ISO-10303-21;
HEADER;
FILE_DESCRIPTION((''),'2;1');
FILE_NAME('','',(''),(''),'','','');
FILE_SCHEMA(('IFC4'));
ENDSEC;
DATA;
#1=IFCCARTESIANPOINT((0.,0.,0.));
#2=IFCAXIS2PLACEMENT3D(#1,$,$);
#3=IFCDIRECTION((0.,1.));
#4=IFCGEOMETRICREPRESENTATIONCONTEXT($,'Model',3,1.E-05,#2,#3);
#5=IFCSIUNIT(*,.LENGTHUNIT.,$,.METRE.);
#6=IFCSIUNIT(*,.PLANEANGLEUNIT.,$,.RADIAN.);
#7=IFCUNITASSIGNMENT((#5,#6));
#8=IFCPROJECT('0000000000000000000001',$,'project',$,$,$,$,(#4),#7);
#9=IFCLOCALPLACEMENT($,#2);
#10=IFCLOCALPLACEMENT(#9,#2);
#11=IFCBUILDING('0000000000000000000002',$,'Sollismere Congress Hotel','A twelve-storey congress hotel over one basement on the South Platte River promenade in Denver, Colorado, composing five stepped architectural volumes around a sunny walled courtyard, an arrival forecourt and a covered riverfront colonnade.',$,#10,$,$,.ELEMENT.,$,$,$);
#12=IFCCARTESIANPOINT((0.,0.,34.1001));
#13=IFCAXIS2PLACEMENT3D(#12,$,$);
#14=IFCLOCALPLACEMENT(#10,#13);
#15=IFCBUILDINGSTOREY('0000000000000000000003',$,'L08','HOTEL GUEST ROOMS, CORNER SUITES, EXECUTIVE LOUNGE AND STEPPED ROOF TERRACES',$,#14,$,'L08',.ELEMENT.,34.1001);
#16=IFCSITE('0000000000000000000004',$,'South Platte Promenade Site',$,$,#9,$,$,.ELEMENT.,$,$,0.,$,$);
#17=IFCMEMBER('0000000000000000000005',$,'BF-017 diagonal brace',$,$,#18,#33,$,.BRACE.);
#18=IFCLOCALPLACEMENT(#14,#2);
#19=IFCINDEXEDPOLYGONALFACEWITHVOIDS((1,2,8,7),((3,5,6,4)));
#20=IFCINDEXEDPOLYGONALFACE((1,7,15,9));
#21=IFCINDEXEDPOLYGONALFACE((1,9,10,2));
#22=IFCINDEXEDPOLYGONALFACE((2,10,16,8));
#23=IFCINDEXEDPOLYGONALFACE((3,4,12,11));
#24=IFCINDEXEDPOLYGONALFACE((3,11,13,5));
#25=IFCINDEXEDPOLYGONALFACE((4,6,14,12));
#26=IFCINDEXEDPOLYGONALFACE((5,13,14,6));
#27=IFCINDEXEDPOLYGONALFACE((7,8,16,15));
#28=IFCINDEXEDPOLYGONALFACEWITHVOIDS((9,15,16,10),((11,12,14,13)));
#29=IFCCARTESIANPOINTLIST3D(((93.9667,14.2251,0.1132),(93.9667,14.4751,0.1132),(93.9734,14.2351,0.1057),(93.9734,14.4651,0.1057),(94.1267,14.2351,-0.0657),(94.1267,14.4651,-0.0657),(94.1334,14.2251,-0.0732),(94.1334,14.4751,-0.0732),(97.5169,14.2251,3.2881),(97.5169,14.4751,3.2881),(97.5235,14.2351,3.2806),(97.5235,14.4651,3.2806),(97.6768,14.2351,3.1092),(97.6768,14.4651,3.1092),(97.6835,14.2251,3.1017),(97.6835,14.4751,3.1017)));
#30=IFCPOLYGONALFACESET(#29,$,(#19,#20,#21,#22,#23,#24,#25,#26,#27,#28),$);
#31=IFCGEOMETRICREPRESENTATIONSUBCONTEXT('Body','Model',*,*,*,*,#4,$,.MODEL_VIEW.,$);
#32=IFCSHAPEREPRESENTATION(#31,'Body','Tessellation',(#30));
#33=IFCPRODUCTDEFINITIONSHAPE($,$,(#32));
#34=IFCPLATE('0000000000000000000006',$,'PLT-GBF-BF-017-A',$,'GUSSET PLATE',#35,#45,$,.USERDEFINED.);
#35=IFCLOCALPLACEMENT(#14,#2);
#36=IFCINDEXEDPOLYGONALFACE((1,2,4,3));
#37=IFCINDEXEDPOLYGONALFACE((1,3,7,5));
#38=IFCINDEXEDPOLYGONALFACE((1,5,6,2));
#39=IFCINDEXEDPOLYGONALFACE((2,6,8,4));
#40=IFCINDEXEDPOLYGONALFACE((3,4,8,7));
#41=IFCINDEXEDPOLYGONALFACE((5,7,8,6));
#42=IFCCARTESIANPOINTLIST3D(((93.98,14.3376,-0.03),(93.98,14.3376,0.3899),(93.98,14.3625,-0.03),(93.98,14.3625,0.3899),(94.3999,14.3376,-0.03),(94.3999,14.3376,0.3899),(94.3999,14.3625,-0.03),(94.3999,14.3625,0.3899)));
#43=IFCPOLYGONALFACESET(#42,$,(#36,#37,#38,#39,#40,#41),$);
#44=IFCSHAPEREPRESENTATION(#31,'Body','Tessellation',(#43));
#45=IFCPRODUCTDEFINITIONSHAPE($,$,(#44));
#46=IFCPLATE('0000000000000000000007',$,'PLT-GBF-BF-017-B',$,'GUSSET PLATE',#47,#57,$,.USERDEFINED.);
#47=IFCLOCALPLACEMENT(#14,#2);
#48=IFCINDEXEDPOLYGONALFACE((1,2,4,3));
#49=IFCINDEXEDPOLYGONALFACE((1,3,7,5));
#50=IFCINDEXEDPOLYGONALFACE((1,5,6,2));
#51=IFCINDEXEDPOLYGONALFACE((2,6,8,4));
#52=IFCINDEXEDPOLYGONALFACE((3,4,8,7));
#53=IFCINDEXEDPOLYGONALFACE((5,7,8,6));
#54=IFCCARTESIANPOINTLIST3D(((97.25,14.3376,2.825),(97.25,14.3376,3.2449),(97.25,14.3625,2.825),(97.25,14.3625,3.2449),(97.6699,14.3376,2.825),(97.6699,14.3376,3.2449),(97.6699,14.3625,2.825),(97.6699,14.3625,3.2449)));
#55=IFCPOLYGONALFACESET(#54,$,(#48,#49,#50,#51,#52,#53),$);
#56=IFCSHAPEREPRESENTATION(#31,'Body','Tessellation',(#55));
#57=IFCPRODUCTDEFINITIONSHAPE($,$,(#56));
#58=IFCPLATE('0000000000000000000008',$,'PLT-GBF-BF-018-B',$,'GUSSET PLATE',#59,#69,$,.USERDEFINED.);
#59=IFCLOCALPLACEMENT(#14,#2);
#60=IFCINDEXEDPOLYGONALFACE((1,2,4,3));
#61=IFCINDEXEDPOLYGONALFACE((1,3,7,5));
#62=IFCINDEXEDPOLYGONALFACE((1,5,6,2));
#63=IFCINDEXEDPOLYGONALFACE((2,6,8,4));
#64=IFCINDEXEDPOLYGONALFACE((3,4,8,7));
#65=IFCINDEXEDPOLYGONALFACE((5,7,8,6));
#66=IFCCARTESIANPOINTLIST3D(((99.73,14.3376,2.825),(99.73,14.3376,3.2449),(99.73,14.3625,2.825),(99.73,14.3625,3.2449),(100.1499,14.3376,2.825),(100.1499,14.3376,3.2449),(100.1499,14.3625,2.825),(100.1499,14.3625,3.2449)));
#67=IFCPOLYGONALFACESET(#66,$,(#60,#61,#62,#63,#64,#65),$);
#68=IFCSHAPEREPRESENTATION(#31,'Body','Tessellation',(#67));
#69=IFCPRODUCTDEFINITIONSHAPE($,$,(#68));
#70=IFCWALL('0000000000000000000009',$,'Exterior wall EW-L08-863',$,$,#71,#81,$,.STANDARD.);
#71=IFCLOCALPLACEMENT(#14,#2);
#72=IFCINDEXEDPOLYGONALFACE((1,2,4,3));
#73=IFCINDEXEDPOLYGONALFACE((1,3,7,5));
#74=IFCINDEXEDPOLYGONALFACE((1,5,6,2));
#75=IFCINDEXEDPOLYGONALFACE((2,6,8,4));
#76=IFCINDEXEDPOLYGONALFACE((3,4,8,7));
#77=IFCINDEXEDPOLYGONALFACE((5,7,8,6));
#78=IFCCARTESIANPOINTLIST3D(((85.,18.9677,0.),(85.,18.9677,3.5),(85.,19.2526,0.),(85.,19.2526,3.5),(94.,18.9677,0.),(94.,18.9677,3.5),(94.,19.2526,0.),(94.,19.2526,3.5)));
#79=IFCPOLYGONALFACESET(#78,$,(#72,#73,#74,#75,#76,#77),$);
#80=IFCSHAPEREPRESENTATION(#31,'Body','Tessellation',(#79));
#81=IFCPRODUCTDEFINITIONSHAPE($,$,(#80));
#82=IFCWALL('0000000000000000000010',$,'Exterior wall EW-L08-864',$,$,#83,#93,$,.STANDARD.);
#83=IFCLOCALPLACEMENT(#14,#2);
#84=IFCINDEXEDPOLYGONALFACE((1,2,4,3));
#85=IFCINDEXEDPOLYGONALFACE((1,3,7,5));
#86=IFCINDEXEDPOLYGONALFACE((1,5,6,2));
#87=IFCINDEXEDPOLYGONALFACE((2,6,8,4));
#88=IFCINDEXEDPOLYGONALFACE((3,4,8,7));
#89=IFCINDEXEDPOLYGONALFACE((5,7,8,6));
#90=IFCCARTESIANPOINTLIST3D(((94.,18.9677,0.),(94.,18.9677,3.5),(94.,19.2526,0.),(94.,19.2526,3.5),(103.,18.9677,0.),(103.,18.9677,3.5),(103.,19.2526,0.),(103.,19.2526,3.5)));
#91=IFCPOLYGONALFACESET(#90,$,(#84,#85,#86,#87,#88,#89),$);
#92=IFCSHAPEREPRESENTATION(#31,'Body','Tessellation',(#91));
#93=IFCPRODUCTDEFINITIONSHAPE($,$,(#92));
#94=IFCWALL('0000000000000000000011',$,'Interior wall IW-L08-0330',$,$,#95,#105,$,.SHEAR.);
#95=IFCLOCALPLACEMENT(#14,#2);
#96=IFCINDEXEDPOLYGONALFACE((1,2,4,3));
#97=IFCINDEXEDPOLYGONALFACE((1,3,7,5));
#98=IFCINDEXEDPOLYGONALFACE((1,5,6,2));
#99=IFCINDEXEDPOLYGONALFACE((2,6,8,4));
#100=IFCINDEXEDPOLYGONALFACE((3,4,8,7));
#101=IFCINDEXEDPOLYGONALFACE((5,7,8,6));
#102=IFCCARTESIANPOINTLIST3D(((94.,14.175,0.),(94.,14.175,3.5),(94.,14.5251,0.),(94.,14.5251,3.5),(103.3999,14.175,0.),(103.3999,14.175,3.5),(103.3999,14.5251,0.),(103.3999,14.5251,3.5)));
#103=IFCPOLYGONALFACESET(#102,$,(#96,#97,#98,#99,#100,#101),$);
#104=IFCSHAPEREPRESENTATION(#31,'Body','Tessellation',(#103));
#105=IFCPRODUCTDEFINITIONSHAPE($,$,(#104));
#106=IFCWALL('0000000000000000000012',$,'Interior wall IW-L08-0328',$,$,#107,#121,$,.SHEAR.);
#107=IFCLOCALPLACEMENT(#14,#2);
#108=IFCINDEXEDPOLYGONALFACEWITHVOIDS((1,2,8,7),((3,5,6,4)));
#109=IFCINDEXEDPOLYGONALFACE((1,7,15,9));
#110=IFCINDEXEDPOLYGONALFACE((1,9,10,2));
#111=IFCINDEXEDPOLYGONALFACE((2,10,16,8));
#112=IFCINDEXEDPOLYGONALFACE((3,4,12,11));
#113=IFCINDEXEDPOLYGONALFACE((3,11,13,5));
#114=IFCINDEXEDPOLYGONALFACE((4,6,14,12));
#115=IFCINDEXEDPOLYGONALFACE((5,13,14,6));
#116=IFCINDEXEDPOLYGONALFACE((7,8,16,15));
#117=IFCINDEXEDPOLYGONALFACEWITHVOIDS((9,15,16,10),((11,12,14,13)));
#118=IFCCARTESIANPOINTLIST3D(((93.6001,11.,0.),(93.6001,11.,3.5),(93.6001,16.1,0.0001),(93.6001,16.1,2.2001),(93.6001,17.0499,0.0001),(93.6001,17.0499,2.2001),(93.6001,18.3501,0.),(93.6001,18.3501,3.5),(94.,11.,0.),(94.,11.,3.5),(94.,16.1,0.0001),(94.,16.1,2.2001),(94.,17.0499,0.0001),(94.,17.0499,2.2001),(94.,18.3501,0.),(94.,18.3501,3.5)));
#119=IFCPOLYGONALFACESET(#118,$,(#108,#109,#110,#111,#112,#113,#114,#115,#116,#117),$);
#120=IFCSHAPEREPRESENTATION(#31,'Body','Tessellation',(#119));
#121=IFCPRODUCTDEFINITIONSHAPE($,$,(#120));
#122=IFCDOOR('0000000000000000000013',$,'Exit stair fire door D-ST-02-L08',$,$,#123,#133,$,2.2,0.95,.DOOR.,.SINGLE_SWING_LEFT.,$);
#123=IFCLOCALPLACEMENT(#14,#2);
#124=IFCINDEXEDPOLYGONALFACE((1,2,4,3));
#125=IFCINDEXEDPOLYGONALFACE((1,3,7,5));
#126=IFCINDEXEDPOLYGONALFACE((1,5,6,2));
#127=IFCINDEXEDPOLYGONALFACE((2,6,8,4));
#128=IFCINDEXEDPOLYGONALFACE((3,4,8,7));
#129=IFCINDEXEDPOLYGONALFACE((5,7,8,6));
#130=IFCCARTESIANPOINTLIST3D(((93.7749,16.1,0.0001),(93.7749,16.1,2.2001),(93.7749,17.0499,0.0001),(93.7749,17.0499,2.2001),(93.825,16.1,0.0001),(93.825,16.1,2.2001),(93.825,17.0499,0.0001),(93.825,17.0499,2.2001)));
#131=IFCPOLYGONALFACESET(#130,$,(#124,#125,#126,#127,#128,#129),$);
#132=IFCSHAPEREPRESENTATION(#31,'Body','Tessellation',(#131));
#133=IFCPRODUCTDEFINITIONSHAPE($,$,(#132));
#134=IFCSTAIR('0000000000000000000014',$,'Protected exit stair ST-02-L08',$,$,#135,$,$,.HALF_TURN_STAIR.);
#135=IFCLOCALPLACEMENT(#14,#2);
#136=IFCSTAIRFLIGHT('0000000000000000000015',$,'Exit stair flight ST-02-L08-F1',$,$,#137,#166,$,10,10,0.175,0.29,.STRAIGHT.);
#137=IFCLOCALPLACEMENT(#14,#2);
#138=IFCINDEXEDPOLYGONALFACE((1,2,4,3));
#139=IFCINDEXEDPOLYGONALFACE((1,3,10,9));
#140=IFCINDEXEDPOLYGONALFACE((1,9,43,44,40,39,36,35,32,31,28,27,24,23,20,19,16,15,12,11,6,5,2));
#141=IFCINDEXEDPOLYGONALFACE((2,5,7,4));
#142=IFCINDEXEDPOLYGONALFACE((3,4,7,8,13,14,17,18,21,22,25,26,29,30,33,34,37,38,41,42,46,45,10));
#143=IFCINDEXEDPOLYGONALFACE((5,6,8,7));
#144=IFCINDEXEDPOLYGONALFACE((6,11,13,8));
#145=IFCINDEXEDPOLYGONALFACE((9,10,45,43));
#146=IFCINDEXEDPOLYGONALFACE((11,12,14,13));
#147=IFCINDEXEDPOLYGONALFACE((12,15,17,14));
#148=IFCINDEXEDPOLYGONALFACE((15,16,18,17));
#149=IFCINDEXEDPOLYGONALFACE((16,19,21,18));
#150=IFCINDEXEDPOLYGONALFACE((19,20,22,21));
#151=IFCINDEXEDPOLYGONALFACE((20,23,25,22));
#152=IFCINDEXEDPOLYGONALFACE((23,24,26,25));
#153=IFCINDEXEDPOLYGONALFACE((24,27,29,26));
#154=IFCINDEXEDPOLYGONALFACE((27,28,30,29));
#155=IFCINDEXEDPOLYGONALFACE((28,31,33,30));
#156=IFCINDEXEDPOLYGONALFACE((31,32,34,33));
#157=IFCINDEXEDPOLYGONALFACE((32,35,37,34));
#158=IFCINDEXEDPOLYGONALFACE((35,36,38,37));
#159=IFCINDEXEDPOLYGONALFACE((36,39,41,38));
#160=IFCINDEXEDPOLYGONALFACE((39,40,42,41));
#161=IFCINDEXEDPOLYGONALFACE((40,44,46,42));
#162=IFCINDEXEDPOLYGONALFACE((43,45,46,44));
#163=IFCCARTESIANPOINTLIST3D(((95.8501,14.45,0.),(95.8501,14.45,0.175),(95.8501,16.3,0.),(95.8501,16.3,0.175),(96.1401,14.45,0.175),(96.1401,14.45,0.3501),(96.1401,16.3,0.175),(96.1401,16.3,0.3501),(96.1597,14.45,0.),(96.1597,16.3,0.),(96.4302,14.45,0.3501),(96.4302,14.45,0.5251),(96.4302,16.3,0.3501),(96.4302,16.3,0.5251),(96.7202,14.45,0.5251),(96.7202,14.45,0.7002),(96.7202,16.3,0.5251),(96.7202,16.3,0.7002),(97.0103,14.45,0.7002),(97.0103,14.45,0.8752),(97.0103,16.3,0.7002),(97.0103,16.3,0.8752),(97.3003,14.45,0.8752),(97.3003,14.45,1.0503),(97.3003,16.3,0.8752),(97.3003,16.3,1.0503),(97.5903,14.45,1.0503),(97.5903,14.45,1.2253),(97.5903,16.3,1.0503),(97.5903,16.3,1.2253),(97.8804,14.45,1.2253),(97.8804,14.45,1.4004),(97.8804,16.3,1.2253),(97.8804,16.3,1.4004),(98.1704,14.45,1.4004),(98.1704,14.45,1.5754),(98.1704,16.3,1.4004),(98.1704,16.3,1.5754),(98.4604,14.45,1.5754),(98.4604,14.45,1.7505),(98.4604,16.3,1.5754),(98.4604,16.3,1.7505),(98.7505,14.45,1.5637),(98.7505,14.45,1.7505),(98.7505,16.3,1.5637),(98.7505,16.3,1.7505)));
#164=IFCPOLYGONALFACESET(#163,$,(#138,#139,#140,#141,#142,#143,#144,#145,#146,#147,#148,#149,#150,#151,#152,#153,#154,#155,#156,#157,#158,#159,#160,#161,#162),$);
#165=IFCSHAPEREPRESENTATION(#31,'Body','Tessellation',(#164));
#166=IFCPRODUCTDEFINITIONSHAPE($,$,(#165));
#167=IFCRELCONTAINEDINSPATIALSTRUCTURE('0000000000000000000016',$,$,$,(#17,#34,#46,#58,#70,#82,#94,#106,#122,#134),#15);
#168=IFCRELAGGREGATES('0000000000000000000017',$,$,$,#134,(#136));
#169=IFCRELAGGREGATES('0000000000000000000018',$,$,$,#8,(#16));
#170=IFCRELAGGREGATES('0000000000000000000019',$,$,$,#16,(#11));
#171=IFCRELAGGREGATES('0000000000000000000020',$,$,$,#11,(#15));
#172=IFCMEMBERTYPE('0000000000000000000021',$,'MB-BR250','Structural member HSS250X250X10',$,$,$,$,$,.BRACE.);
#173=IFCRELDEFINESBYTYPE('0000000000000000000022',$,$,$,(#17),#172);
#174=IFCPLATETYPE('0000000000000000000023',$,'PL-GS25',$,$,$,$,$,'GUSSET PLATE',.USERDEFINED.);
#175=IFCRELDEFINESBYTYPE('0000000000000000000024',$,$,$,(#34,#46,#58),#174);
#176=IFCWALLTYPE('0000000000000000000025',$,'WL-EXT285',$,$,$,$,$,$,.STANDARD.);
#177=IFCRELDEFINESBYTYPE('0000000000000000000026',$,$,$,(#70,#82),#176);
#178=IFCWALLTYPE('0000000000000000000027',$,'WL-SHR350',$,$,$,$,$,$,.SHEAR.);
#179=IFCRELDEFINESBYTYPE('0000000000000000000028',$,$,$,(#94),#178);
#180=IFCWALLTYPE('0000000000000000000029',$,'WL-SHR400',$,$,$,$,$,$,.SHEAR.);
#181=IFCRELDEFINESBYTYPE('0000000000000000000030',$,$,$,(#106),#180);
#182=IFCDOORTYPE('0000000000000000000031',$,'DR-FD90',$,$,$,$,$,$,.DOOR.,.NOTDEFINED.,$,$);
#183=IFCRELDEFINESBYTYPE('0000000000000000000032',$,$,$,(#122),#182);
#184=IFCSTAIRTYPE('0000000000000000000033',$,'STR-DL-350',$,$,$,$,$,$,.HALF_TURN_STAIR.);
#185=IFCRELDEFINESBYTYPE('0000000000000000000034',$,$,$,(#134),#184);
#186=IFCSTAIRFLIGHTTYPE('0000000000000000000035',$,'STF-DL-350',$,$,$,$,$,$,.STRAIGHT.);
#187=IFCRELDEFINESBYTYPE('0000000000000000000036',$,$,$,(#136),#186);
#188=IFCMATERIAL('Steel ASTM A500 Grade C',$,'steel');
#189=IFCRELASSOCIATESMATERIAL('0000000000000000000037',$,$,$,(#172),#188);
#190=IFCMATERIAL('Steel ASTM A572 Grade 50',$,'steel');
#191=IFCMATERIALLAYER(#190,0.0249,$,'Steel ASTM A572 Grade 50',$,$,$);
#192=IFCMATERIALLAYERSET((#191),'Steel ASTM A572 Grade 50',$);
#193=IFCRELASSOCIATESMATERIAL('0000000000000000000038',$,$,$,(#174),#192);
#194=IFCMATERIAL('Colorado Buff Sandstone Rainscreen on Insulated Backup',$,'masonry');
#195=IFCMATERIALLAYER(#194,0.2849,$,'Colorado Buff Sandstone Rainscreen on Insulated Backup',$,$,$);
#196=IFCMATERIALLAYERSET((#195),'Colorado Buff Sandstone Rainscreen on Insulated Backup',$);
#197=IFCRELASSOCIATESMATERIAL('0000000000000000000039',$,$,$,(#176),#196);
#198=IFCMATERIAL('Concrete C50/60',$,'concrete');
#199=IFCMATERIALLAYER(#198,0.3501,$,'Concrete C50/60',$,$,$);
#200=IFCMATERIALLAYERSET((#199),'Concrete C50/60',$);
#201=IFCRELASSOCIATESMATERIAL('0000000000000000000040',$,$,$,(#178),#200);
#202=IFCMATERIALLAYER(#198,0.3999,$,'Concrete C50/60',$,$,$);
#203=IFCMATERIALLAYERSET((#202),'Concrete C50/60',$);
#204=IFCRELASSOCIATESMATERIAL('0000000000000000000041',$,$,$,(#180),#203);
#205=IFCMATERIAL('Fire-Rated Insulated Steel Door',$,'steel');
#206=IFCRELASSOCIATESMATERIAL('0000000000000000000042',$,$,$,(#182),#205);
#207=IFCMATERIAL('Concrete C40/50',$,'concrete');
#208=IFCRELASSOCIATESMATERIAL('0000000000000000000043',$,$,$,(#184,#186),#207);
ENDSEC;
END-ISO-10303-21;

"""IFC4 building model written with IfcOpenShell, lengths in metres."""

from ifc_helpers import new_model, si_unit, direction, frame, frame_2d, origin, origin_2d, place, context, subcontext, project, spatial, polyline, rectangle, hollow_rectangle, outline, extrude, material, layer, layer_set, material_profile, profile_set, type_object, element, fill, aggregate, save


model = new_model("IFC4")

# Units and contexts
model_context = context("Model", 3, precision=1e-05, world=origin(), true_north=direction((0.0, 1.0)))
body_context = subcontext(model_context, "Body", "Model", "MODEL_VIEW")
ifc_project = project(units=[si_unit("LENGTHUNIT", "METRE"), si_unit("PLANEANGLEUNIT", "RADIAN")], contexts=[model_context])

# Site, building, storey
site_placement = place(None, origin())
site = spatial("IfcSite", under=ifc_project, at=site_placement, Name="South Platte Promenade Site", CompositionType="ELEMENT", RefElevation=0.0)
building_placement = place(site_placement, origin())
building = spatial("IfcBuilding", under=site, at=building_placement, Name="Sollismere Congress Hotel", Description="A twelve-storey congress hotel over one basement on the South Platte River promenade in Denver, Colorado, composing five stepped architectural volumes around a sunny walled courtyard, an arrival forecourt and a covered riverfront colonnade.", CompositionType="ELEMENT")
storey_placement = place(building_placement, frame((0.0, 0.0, 34.1001)))
storey = spatial("IfcBuildingStorey", under=building, at=storey_placement, Name="L08", Description="HOTEL GUEST ROOMS, CORNER SUITES, EXECUTIVE LOUNGE AND STEPPED ROOF TERRACES", LongName="L08", CompositionType="ELEMENT", Elevation=34.1001)

# Member
ifc_material_1 = material(Name="Steel ASTM A500 Grade C", Category="steel")
ifc_material_profile = material_profile(ifc_material_1, hollow_rectangle(XDim=0.25, YDim=0.25, WallThickness=0.01, at=origin_2d()), Name="HSS250X250X10")
ifc_profile_set = profile_set([ifc_material_profile], Name="Steel ASTM A500 Grade C")
member_type = type_object("IfcMemberType", Name="MB-BR250", Description="Structural member HSS250X250X10", PredefinedType="BRACE", material=ifc_profile_set)
member_placement = place(storey_placement, frame((94.05, 14.3501, 0.02), z_axis=(0.745404, 0.0, 0.666614), x_axis=(0.0, 1.0, 0.0)))
element("IfcMember", 1, at=member_placement, inside=storey, type_object=member_type, Name="BF-017 diagonal brace", PredefinedType="BRACE", context=body_context, shape_type="SweptSolid", body=[
    extrude(hollow_rectangle(XDim=0.25, YDim=0.25, WallThickness=0.01, at=origin_2d()), origin(), (0.0, 0.0, 1.0), 4.7627),
])

# Plates
ifc_material_2 = material(Name="Steel ASTM A572 Grade 50", Category="steel")
ifc_layer_1 = layer(ifc_material_2, 0.0249, Name="Steel ASTM A572 Grade 50")
ifc_layer_set_1 = layer_set([ifc_layer_1], Name="Steel ASTM A572 Grade 50")
plate_type = type_object("IfcPlateType", Name="PL-GS25", ElementType="GUSSET PLATE", PredefinedType="USERDEFINED", material=ifc_layer_set_1)
for number, where, z_axis, x_axis, name in (
    (2, (94.1899, 14.3501, -0.03), (0.0, 0.0, 1.0), (1.0, 0.0, 0.0), "PLT-GBF-BF-017-A"),
    (3, (97.46, 14.3501, 2.825), (0.0, 0.0, 1.0), (1.0, 0.0, 0.0), "PLT-GBF-BF-017-B"),
    (4, (99.9399, 14.3501, 2.825), (0.0, 0.0, 1.0), (1.0, 0.0, 0.0), "PLT-GBF-BF-018-B"),
):
    element("IfcPlate", number, at=place(storey_placement, frame(where, z_axis=z_axis, x_axis=x_axis)), inside=storey, type_object=plate_type, Name=name, ObjectType="GUSSET PLATE", PredefinedType="USERDEFINED", context=body_context, shape_type="SweptSolid", body=[
        extrude(rectangle(XDim=0.4199, YDim=0.0249, at=origin_2d()), origin(), (0.0, 0.0, 1.0), 0.4199),
    ])

# Walls
ifc_material_3 = material(Name="Colorado Buff Sandstone Rainscreen on Insulated Backup", Category="masonry")
ifc_layer_2 = layer(ifc_material_3, 0.2849, Name="Colorado Buff Sandstone Rainscreen on Insulated Backup")
ifc_layer_set_2 = layer_set([ifc_layer_2], Name="Colorado Buff Sandstone Rainscreen on Insulated Backup")
wall_type_1 = type_object("IfcWallType", Name="WL-EXT285", PredefinedType="STANDARD", material=ifc_layer_set_2)
for number, where, z_axis, x_axis, name in (
    (5, (94.0, 19.1101, 0.0), (0.0, 0.0, 1.0), (-1.0, 0.0, 0.0), "Exterior wall EW-L08-863"),
    (6, (103.0, 19.1101, 0.0), (0.0, 0.0, 1.0), (-1.0, 0.0, 0.0), "Exterior wall EW-L08-864"),
):
    element("IfcWall", number, at=place(storey_placement, frame(where, z_axis=z_axis, x_axis=x_axis)), inside=storey, type_object=wall_type_1, Name=name, PredefinedType="STANDARD", context=body_context, shape_type="SweptSolid", body=[
        extrude(rectangle(XDim=9.0, YDim=0.2849, at=frame_2d((4.5, 0.0))), origin(), (0.0, 0.0, 1.0), 3.5),
    ])
ifc_material_4 = material(Name="Concrete C50/60", Category="concrete")
ifc_layer_3 = layer(ifc_material_4, 0.3501, Name="Concrete C50/60")
ifc_layer_set_3 = layer_set([ifc_layer_3], Name="Concrete C50/60")
wall_type_2 = type_object("IfcWallType", Name="WL-SHR350", PredefinedType="SHEAR", material=ifc_layer_set_3)
wall_1_placement = place(storey_placement, frame((94.0, 14.3501, 0.0), z_axis=(0.0, 0.0, 1.0), x_axis=(1.0, 0.0, 0.0)))
element("IfcWall", 7, at=wall_1_placement, inside=storey, type_object=wall_type_2, Name="Interior wall IW-L08-0330", PredefinedType="SHEAR", context=body_context, shape_type="SweptSolid", body=[
    extrude(rectangle(XDim=9.3999, YDim=0.3501, at=frame_2d((4.7, 0.0))), origin(), (0.0, 0.0, 1.0), 3.5),
])

# Wall, opening, door
ifc_layer_4 = layer(ifc_material_4, 0.3999, Name="Concrete C50/60")
ifc_layer_set_4 = layer_set([ifc_layer_4], Name="Concrete C50/60")
wall_type_3 = type_object("IfcWallType", Name="WL-SHR400", PredefinedType="SHEAR", material=ifc_layer_set_4)
wall_2_placement = place(storey_placement, frame((93.8, 18.3501, 0.0), z_axis=(0.0, 0.0, 1.0), x_axis=(0.0, -1.0, 0.0)))
wall_2 = element("IfcWall", 8, at=wall_2_placement, inside=storey, type_object=wall_type_3, Name="Interior wall IW-L08-0328", PredefinedType="SHEAR", context=body_context, shape_type="SweptSolid", body=[
    extrude(rectangle(XDim=7.3501, YDim=0.3999, at=frame_2d((3.675, 0.0))), origin(), (0.0, 0.0, 1.0), 3.5),
])
opening_placement = place(wall_2_placement, frame((1.3, 0.0, 0.0)))
opening = element("IfcOpeningElement", 9, at=opening_placement, cuts=wall_2, PredefinedType="OPENING", context=body_context, shape_type="SweptSolid", body=[
    extrude(rectangle(XDim=0.95, YDim=2.2, at=frame_2d((0.4751, 1.1001))), frame((0.0, 0.21, 0.0), z_axis=(0.0, -1.0, 0.0), x_axis=(1.0, 0.0, 0.0)), (0.0, 0.0, 1.0), 0.4199),
])
ifc_material_5 = material(Name="Fire-Rated Insulated Steel Door", Category="steel")
door_type = type_object("IfcDoorType", Name="DR-FD90", OperationType="NOTDEFINED", PredefinedType="DOOR", material=ifc_material_5)
door_placement = place(opening_placement, origin())
door = element("IfcDoor", 10, at=door_placement, inside=storey, type_object=door_type, Name="Exit stair fire door D-ST-02-L08", OperationType="SINGLE_SWING_LEFT", OverallHeight=2.2, OverallWidth=0.95, PredefinedType="DOOR", context=body_context, shape_type="SweptSolid", body=[
    extrude(rectangle(XDim=0.95, YDim=2.2, at=frame_2d((0.4751, 1.1001))), frame((0.0, 0.0249, 0.0), z_axis=(0.0, -1.0, 0.0), x_axis=(1.0, 0.0, 0.0)), (0.0, 0.0, 1.0), 0.05),
])
fill(opening, door)

# Stair, stair flight
ifc_material_6 = material(Name="Concrete C40/50", Category="concrete")
stair_type = type_object("IfcStairType", Name="STR-DL-350", PredefinedType="HALF_TURN_STAIR", material=ifc_material_6)
stair_placement = place(storey_placement, origin())
stair = element("IfcStair", 11, at=stair_placement, inside=storey, type_object=stair_type, Name="Protected exit stair ST-02-L08", PredefinedType="HALF_TURN_STAIR")
stair_flight_type = type_object("IfcStairFlightType", Name="STF-DL-350", PredefinedType="STRAIGHT", material=ifc_material_6)
stair_flight_1_placement = place(storey_placement, frame((95.8501, 15.375, 0.0), z_axis=(0.0, 0.0, 1.0), x_axis=(1.0, 0.0, 0.0)))
stair_flight_1 = element("IfcStairFlight", 12, at=stair_flight_1_placement, type_object=stair_flight_type, Name="Exit stair flight ST-02-L08-F1", NumberOfRisers=10, NumberOfTreads=10, PredefinedType="STRAIGHT", RiserHeight=0.175, TreadLength=0.29, context=body_context, shape_type="SweptSolid", body=[
    extrude(outline(polyline([(0.0, 0.0), (0.0, 0.175), (0.29, 0.175), (0.29, 0.3501), (0.5801, 0.3501), (0.5801, 0.5251), (0.8701, 0.5251), (0.8701, 0.7002), (1.1602, 0.7002), (1.1602, 0.8752), (1.4502, 0.8752), (1.4502, 1.0503), (1.7402, 1.0503), (1.7402, 1.2253), (2.0303, 1.2253), (2.0303, 1.4004), (2.3203, 1.4004), (2.3203, 1.5754), (2.6104, 1.5754), (2.6104, 1.7505), (2.9004, 1.7505), (2.9004, 1.5637), (0.3096, 0.0), (0.0, 0.0)])), frame((0.0, 0.925, 0.0), z_axis=(0.0, -1.0, 0.0), x_axis=(1.0, 0.0, 0.0)), (0.0, 0.0, 1.0), 1.8501),
])
aggregate(stair, [stair_flight_1])

save(model, "model.ifc")
